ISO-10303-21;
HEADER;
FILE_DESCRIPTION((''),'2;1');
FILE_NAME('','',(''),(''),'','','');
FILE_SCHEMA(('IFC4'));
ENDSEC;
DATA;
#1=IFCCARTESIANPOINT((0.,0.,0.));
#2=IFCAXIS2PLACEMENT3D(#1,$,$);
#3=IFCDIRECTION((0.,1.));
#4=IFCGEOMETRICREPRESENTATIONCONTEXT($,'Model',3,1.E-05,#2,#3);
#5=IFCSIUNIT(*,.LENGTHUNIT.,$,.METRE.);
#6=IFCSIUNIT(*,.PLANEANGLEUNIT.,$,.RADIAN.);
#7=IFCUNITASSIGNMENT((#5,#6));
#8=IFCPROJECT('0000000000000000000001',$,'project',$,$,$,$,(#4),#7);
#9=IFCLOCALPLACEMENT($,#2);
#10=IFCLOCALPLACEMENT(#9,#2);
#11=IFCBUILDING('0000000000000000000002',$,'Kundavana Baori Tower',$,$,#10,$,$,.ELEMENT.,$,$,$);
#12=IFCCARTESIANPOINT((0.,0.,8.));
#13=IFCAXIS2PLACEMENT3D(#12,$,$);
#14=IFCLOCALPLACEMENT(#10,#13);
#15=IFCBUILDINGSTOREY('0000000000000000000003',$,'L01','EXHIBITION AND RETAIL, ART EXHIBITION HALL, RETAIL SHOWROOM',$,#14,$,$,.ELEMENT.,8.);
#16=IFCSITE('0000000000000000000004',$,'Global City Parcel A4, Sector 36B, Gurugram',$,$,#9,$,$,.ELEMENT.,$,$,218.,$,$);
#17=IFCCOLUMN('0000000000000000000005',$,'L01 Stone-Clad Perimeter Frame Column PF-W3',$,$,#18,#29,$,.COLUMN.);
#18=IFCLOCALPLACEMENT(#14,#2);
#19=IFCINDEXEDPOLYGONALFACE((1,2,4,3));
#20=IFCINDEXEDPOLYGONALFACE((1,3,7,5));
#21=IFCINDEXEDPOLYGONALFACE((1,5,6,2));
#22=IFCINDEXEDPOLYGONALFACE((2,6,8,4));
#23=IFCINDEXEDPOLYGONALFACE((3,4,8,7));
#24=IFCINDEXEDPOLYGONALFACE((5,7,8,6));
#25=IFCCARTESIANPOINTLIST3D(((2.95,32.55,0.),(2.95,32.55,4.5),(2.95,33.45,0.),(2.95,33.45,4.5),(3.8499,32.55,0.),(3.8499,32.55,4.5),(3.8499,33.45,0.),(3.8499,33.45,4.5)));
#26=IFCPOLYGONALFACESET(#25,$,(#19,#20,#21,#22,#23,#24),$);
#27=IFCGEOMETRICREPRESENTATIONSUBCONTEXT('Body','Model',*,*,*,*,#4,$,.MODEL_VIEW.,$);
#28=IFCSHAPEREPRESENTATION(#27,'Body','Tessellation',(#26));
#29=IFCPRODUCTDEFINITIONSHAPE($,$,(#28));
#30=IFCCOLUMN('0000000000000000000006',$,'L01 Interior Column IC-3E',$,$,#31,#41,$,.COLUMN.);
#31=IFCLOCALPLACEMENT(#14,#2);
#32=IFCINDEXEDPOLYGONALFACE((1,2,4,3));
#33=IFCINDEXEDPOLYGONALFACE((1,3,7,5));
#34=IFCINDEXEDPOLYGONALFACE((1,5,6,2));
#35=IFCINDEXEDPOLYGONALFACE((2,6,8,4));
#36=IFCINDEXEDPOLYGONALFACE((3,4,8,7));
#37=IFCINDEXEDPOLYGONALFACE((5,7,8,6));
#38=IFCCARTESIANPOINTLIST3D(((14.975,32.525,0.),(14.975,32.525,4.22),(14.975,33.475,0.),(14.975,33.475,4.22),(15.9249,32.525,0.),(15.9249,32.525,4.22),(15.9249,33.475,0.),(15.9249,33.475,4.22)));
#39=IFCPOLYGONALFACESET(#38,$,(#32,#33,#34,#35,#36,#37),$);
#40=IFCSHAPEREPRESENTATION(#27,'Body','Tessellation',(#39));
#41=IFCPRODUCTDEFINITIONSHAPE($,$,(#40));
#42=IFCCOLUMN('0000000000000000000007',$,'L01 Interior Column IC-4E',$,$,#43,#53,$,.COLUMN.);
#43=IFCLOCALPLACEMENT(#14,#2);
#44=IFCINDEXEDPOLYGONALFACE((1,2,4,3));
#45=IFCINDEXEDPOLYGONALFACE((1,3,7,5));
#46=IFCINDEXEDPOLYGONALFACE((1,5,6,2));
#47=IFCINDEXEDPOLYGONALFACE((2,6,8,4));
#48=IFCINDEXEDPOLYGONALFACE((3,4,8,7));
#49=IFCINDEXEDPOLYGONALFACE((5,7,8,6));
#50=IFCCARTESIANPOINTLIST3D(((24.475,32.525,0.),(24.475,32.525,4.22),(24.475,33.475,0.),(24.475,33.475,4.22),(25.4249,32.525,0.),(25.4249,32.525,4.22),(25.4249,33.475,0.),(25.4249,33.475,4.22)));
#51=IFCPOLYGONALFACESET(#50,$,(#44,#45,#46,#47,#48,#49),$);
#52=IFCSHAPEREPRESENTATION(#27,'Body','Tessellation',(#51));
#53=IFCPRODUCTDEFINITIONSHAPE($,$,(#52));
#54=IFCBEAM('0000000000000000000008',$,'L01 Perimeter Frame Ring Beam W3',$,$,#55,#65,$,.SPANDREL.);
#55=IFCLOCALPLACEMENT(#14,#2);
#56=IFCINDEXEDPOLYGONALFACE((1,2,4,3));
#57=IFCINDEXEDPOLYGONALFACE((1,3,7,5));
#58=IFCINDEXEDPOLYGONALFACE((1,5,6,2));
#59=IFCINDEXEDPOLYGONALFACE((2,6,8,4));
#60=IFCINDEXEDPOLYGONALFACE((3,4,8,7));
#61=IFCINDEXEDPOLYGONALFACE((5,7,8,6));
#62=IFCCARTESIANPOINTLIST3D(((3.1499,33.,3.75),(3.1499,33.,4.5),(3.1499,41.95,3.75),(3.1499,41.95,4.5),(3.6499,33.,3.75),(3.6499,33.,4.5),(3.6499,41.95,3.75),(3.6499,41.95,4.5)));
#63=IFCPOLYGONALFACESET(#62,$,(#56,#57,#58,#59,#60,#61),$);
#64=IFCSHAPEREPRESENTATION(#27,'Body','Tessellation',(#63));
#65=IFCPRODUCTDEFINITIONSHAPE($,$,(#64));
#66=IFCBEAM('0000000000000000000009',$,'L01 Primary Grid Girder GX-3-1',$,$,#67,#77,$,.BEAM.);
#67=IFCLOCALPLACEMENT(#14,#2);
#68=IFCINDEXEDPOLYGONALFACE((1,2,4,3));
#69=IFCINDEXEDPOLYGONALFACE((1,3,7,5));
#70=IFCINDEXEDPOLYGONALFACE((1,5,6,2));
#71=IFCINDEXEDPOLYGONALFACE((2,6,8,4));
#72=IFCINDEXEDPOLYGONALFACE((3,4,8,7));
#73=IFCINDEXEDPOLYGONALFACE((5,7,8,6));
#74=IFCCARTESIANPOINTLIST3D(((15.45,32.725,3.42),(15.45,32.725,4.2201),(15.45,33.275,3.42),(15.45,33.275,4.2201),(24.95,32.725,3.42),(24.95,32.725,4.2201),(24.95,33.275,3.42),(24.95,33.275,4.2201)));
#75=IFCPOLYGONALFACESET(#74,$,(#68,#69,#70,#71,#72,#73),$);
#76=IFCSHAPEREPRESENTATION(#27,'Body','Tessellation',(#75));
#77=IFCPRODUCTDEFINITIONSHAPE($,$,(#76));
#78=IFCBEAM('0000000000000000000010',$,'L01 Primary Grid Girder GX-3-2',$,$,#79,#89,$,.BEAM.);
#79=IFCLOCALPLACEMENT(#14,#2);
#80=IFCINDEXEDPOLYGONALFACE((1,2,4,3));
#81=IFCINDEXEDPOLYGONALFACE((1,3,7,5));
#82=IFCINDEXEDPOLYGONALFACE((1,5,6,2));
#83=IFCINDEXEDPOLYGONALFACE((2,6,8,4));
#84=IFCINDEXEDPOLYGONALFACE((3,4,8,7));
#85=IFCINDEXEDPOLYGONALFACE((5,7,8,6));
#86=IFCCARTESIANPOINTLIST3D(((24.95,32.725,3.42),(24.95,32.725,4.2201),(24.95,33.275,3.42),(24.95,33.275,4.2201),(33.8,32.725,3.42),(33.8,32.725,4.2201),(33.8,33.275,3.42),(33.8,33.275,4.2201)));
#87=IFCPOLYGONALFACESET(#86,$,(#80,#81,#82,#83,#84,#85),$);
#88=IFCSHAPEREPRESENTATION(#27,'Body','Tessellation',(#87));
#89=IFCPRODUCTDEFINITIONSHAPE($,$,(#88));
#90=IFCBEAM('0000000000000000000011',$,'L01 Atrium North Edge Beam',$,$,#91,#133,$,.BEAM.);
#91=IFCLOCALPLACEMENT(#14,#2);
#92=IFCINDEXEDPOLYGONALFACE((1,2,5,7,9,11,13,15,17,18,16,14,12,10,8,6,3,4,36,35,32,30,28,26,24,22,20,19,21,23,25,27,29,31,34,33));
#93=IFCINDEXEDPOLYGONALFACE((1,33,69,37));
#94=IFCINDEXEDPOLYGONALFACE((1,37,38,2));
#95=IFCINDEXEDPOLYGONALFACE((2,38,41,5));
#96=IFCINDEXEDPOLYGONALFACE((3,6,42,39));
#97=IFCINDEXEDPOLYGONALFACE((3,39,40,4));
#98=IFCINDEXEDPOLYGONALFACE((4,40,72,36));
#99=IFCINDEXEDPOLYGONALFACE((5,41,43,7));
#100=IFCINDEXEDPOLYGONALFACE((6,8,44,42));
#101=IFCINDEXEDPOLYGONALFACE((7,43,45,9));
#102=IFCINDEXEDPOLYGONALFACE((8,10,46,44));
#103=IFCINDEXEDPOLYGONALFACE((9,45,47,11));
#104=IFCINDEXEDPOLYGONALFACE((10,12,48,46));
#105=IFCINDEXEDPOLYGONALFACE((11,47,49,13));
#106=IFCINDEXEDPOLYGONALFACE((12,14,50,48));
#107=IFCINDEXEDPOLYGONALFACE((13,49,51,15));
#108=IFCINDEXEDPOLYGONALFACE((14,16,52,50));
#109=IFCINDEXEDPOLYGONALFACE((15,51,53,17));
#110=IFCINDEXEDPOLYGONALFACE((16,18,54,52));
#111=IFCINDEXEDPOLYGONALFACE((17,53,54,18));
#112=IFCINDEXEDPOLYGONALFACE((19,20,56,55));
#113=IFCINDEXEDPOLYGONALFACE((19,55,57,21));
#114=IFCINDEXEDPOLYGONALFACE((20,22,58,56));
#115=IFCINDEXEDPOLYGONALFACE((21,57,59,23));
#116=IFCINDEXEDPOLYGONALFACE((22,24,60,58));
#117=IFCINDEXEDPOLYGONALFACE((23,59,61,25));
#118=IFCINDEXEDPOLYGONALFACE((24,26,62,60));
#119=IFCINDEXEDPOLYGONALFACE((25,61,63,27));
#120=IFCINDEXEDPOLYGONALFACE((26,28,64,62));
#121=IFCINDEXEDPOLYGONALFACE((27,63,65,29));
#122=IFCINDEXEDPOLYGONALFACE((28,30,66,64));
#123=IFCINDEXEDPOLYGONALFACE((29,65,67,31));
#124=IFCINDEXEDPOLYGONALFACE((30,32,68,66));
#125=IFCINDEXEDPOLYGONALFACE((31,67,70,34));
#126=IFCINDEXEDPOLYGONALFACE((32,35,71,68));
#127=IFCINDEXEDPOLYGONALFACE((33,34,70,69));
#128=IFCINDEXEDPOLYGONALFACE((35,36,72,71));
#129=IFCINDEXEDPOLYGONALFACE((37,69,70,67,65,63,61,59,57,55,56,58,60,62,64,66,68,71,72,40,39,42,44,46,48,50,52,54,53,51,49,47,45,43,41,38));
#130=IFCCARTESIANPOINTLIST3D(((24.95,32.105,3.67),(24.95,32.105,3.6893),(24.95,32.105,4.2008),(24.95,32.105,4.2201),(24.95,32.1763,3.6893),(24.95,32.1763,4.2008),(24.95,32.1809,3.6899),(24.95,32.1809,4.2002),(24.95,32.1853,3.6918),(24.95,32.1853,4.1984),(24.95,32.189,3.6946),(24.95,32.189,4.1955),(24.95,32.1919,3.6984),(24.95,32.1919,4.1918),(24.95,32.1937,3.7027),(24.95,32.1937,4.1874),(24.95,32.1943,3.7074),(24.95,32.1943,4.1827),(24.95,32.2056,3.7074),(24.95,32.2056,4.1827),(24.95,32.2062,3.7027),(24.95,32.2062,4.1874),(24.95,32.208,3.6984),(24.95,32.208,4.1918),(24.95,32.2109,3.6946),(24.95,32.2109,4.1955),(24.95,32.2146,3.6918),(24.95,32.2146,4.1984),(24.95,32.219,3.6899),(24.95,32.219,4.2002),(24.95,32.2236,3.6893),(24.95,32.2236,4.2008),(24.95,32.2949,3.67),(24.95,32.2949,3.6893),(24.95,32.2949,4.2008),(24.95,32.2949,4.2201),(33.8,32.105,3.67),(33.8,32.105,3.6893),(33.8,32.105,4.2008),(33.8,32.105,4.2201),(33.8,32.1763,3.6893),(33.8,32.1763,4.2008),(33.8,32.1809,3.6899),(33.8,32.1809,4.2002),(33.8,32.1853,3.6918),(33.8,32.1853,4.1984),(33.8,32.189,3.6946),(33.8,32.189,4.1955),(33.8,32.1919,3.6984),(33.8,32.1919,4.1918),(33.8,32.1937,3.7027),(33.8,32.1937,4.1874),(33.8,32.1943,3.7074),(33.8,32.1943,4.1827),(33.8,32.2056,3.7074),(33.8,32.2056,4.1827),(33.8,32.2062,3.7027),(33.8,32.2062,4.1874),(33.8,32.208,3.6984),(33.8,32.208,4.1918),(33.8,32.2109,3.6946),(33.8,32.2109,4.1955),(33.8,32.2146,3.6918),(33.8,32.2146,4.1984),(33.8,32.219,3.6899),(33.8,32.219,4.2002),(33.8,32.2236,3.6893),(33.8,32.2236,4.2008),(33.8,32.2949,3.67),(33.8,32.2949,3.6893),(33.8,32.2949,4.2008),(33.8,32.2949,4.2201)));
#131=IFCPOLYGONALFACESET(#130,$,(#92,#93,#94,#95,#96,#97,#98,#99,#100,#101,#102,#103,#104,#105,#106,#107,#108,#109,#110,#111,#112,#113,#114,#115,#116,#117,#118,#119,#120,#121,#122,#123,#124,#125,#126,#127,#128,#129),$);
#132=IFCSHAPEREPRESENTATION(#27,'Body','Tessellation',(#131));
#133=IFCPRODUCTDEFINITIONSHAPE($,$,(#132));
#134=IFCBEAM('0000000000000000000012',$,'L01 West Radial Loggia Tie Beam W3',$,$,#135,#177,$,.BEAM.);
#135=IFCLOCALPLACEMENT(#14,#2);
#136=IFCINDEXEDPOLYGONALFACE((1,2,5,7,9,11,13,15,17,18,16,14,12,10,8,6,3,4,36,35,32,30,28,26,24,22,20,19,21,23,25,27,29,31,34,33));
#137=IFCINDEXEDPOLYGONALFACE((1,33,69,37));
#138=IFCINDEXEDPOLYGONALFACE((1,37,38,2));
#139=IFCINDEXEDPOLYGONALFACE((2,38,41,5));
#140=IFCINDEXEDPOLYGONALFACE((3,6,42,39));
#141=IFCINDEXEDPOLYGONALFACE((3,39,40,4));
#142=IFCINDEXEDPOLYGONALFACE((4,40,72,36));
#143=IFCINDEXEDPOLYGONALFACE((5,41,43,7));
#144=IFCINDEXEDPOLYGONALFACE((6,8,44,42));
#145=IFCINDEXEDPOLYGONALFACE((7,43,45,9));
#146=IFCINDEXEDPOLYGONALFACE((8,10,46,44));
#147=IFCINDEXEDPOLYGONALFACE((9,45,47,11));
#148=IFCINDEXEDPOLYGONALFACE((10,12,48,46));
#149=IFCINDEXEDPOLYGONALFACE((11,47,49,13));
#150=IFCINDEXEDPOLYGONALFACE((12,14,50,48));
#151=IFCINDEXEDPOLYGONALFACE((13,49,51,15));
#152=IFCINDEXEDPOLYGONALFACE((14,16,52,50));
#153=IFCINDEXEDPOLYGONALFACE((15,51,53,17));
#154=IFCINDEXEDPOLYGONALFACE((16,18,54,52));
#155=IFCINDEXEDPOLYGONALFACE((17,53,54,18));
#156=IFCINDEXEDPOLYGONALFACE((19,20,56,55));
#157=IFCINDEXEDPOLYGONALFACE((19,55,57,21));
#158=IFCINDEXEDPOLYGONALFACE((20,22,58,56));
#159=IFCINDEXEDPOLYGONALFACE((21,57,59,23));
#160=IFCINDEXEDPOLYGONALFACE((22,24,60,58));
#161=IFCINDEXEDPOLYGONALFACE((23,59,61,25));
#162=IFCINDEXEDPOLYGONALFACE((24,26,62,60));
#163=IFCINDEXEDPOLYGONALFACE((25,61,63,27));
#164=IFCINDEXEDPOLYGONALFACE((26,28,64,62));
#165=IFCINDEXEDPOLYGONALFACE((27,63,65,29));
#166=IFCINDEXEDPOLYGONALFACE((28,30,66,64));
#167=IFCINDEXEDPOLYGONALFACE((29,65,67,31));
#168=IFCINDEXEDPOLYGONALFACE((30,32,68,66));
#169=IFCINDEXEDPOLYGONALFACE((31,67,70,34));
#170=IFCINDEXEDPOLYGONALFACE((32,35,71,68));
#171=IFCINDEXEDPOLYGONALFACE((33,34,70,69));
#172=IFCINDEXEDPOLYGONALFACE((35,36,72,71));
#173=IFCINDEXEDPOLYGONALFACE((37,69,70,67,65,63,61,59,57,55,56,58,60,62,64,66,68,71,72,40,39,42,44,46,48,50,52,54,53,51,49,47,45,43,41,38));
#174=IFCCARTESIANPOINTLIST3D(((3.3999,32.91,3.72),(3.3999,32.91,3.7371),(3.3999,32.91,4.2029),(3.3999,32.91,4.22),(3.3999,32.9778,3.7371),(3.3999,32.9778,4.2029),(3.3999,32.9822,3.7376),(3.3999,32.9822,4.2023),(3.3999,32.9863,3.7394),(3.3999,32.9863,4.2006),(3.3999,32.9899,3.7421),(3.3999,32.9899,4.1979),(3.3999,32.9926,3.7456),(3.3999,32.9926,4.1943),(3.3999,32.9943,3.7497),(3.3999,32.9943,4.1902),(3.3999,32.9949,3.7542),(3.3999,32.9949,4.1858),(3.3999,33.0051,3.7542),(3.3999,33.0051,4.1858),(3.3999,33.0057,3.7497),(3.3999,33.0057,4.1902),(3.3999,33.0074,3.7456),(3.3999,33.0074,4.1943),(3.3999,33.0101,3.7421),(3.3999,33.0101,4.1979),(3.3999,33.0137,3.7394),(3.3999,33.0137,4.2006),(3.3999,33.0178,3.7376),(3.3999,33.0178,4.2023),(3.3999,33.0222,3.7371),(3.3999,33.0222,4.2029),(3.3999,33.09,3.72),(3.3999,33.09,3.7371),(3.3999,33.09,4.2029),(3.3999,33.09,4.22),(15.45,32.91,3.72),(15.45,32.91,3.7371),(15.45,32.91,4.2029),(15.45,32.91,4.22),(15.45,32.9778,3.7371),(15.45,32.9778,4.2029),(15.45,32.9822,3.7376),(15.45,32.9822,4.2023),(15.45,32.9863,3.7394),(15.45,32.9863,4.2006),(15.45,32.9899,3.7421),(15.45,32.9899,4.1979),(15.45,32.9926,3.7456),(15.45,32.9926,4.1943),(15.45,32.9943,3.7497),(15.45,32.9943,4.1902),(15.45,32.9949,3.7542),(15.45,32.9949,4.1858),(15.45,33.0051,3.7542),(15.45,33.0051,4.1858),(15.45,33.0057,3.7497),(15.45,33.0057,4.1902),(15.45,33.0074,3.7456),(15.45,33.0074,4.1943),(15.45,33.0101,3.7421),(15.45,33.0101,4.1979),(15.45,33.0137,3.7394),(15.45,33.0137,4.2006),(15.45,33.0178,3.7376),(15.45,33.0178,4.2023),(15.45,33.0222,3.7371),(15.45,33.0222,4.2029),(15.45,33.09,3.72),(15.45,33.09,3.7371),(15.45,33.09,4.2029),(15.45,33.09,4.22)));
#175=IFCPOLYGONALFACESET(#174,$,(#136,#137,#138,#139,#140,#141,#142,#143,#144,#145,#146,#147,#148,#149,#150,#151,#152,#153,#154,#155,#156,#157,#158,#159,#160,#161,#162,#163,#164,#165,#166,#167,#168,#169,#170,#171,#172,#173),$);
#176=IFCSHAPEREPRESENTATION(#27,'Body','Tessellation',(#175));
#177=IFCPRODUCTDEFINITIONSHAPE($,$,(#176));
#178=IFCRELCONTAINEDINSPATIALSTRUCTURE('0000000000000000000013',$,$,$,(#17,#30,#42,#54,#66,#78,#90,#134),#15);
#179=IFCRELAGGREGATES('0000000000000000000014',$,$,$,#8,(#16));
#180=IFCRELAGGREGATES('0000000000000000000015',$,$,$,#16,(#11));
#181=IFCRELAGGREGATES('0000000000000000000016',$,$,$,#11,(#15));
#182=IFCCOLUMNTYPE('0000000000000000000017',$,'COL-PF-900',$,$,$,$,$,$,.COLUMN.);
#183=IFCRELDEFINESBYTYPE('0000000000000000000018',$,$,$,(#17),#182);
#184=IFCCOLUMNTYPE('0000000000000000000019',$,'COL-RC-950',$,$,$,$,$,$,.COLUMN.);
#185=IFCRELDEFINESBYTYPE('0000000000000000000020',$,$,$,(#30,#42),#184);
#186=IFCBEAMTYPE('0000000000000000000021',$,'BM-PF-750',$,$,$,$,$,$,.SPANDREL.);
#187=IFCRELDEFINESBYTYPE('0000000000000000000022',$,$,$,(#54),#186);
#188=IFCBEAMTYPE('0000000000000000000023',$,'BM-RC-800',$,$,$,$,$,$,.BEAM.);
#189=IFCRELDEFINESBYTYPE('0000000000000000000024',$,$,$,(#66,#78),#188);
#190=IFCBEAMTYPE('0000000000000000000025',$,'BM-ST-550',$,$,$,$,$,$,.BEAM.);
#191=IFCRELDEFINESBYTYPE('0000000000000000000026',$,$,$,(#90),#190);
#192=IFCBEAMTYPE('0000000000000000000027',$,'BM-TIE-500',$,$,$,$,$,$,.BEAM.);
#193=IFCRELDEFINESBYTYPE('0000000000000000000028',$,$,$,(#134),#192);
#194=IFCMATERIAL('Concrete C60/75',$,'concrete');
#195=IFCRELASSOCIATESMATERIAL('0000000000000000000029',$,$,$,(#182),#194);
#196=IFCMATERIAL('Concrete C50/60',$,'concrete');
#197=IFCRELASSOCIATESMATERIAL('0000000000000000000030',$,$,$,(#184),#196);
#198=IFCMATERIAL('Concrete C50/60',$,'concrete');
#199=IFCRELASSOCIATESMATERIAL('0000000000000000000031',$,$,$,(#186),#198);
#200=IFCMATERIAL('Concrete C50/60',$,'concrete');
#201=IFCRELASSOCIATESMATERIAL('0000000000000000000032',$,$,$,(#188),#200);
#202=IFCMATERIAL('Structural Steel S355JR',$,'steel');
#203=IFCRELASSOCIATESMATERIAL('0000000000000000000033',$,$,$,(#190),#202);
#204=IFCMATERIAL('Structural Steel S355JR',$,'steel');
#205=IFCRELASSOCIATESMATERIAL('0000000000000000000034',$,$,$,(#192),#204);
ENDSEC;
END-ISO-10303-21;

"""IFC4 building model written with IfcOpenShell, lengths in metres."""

from ifc_helpers import new_model, si_unit, direction, frame, origin, origin_2d, place, context, subcontext, project, spatial, rectangle, i_section, extrude, material, material_profile, profile_set, type_object, element, save


model = new_model("IFC4")

# Units and contexts
model_context = context("Model", 3, precision=1e-05, world=origin(), true_north=direction((0.0, 1.0)))
body_context = subcontext(model_context, "Body", "Model", "MODEL_VIEW")
ifc_project = project(units=[si_unit("LENGTHUNIT", "METRE"), si_unit("PLANEANGLEUNIT", "RADIAN")], contexts=[model_context])

# Site, building, storey
site_placement = place(None, origin())
site = spatial("IfcSite", under=ifc_project, at=site_placement, Name="Global City Parcel A4, Sector 36B, Gurugram", CompositionType="ELEMENT", RefElevation=218.0)
building_placement = place(site_placement, origin())
building = spatial("IfcBuilding", under=site, at=building_placement, Name="Kundavana Baori Tower", CompositionType="ELEMENT")
storey_placement = place(building_placement, frame((0.0, 0.0, 8.0)))
storey = spatial("IfcBuildingStorey", under=building, at=storey_placement, Name="L01", Description="EXHIBITION AND RETAIL, ART EXHIBITION HALL, RETAIL SHOWROOM", CompositionType="ELEMENT", Elevation=8.0)

# Columns
ifc_material_1 = material(Name="Concrete C60/75", Category="concrete")
ifc_material_profile_1 = material_profile(ifc_material_1, rectangle(XDim=0.8999, YDim=0.8999, at=origin_2d()), Name="RC PF 900x900")
ifc_profile_set_1 = profile_set([ifc_material_profile_1], Name="Concrete C60/75")
column_type_1 = type_object("IfcColumnType", Name="COL-PF-900", PredefinedType="COLUMN", material=ifc_profile_set_1)
column_placement = place(storey_placement, frame((3.3999, 33.0, 0.0), z_axis=(0.0, 0.0, 1.0), x_axis=(1.0, 0.0, 0.0)))
element("IfcColumn", 1, at=column_placement, inside=storey, type_object=column_type_1, Name="L01 Stone-Clad Perimeter Frame Column PF-W3", PredefinedType="COLUMN", context=body_context, shape_type="SweptSolid", body=[
    extrude(rectangle(XDim=0.8999, YDim=0.8999, at=origin_2d()), origin(), (0.0, 0.0, 1.0), 4.5),
])
ifc_material_2 = material(Name="Concrete C50/60", Category="concrete")
ifc_material_profile_2 = material_profile(ifc_material_2, rectangle(XDim=0.95, YDim=0.95, at=origin_2d()), Name="RC 950x950")
ifc_profile_set_2 = profile_set([ifc_material_profile_2], Name="Concrete C50/60")
column_type_2 = type_object("IfcColumnType", Name="COL-RC-950", PredefinedType="COLUMN", material=ifc_profile_set_2)
for number, where, z_axis, x_axis, name in (
    (2, (15.45, 33.0, 0.0), (0.0, 0.0, 1.0), (1.0, 0.0, 0.0), "L01 Interior Column IC-3E"),
    (3, (24.95, 33.0, 0.0), (0.0, 0.0, 1.0), (1.0, 0.0, 0.0), "L01 Interior Column IC-4E"),
):
    element("IfcColumn", number, at=place(storey_placement, frame(where, z_axis=z_axis, x_axis=x_axis)), inside=storey, type_object=column_type_2, Name=name, PredefinedType="COLUMN", context=body_context, shape_type="SweptSolid", body=[
        extrude(rectangle(XDim=0.95, YDim=0.95, at=origin_2d()), origin(), (0.0, 0.0, 1.0), 4.22),
    ])

# Beams
ifc_material_3 = material(Name="Concrete C50/60", Category="concrete")
ifc_material_profile_3 = material_profile(ifc_material_3, rectangle(XDim=0.5, YDim=0.75, at=origin_2d()), Name="RC BM 500x750")
ifc_profile_set_3 = profile_set([ifc_material_profile_3], Name="Concrete C50/60")
beam_type_1 = type_object("IfcBeamType", Name="BM-PF-750", PredefinedType="SPANDREL", material=ifc_profile_set_3)
beam_1_placement = place(storey_placement, frame((3.3999, 33.0, 4.125), z_axis=(0.0, 1.0, 0.0), x_axis=(-1.0, 0.0, 0.0)))
element("IfcBeam", 4, at=beam_1_placement, inside=storey, type_object=beam_type_1, Name="L01 Perimeter Frame Ring Beam W3", PredefinedType="SPANDREL", context=body_context, shape_type="SweptSolid", body=[
    extrude(rectangle(XDim=0.5, YDim=0.75, at=origin_2d()), origin(), (0.0, 0.0, 1.0), 8.95),
])
ifc_material_4 = material(Name="Concrete C50/60", Category="concrete")
ifc_material_profile_4 = material_profile(ifc_material_4, rectangle(XDim=0.55, YDim=0.8, at=origin_2d()), Name="RC BM 550x800")
ifc_profile_set_4 = profile_set([ifc_material_profile_4], Name="Concrete C50/60")
beam_type_2 = type_object("IfcBeamType", Name="BM-RC-800", PredefinedType="BEAM", material=ifc_profile_set_4)
beam_2_placement = place(storey_placement, frame((15.45, 33.0, 3.8201), z_axis=(1.0, 0.0, 0.0), x_axis=(0.0, 1.0, 0.0)))
element("IfcBeam", 5, at=beam_2_placement, inside=storey, type_object=beam_type_2, Name="L01 Primary Grid Girder GX-3-1", PredefinedType="BEAM", context=body_context, shape_type="SweptSolid", body=[
    extrude(rectangle(XDim=0.55, YDim=0.8, at=origin_2d()), origin(), (0.0, 0.0, 1.0), 9.5),
])
beam_3_placement = place(storey_placement, frame((24.95, 33.0, 3.8201), z_axis=(1.0, 0.0, 0.0), x_axis=(0.0, 1.0, 0.0)))
element("IfcBeam", 6, at=beam_3_placement, inside=storey, type_object=beam_type_2, Name="L01 Primary Grid Girder GX-3-2", PredefinedType="BEAM", context=body_context, shape_type="SweptSolid", body=[
    extrude(rectangle(XDim=0.55, YDim=0.8, at=origin_2d()), origin(), (0.0, 0.0, 1.0), 8.8501),
])
ifc_material_5 = material(Name="Structural Steel S355JR", Category="steel")
ifc_material_profile_5 = material_profile(ifc_material_5, i_section(OverallWidth=0.1899, OverallDepth=0.55, WebThickness=0.0112, FlangeThickness=0.0193, FilletRadius=0.0181, at=origin_2d()), Name="ISMB 550")
ifc_profile_set_5 = profile_set([ifc_material_profile_5], Name="Structural Steel S355JR")
beam_type_3 = type_object("IfcBeamType", Name="BM-ST-550", PredefinedType="BEAM", material=ifc_profile_set_5)
beam_4_placement = place(storey_placement, frame((24.95, 32.2, 3.9451), z_axis=(1.0, 0.0, 0.0), x_axis=(0.0, 1.0, 0.0)))
element("IfcBeam", 7, at=beam_4_placement, inside=storey, type_object=beam_type_3, Name="L01 Atrium North Edge Beam", PredefinedType="BEAM", context=body_context, shape_type="SweptSolid", body=[
    extrude(i_section(OverallWidth=0.1899, OverallDepth=0.55, WebThickness=0.0112, FlangeThickness=0.0193, FilletRadius=0.0181, at=origin_2d()), origin(), (0.0, 0.0, 1.0), 8.8501),
])
ifc_material_6 = material(Name="Structural Steel S355JR", Category="steel")
ifc_material_profile_6 = material_profile(ifc_material_6, i_section(OverallWidth=0.1799, OverallDepth=0.5, WebThickness=0.0103, FlangeThickness=0.0171, FilletRadius=0.0171, at=origin_2d()), Name="ISMB 500")
ifc_profile_set_6 = profile_set([ifc_material_profile_6], Name="Structural Steel S355JR")
beam_type_4 = type_object("IfcBeamType", Name="BM-TIE-500", PredefinedType="BEAM", material=ifc_profile_set_6)
beam_5_placement = place(storey_placement, frame((15.45, 33.0, 3.97), z_axis=(-1.0, 0.0, 0.0), x_axis=(0.0, -1.0, 0.0)))
element("IfcBeam", 8, at=beam_5_placement, inside=storey, type_object=beam_type_4, Name="L01 West Radial Loggia Tie Beam W3", PredefinedType="BEAM", context=body_context, shape_type="SweptSolid", body=[
    extrude(i_section(OverallWidth=0.1799, OverallDepth=0.5, WebThickness=0.0103, FlangeThickness=0.0171, FilletRadius=0.0171, at=origin_2d()), origin(), (0.0, 0.0, 1.0), 12.05),
])

save(model, "model.ifc")
